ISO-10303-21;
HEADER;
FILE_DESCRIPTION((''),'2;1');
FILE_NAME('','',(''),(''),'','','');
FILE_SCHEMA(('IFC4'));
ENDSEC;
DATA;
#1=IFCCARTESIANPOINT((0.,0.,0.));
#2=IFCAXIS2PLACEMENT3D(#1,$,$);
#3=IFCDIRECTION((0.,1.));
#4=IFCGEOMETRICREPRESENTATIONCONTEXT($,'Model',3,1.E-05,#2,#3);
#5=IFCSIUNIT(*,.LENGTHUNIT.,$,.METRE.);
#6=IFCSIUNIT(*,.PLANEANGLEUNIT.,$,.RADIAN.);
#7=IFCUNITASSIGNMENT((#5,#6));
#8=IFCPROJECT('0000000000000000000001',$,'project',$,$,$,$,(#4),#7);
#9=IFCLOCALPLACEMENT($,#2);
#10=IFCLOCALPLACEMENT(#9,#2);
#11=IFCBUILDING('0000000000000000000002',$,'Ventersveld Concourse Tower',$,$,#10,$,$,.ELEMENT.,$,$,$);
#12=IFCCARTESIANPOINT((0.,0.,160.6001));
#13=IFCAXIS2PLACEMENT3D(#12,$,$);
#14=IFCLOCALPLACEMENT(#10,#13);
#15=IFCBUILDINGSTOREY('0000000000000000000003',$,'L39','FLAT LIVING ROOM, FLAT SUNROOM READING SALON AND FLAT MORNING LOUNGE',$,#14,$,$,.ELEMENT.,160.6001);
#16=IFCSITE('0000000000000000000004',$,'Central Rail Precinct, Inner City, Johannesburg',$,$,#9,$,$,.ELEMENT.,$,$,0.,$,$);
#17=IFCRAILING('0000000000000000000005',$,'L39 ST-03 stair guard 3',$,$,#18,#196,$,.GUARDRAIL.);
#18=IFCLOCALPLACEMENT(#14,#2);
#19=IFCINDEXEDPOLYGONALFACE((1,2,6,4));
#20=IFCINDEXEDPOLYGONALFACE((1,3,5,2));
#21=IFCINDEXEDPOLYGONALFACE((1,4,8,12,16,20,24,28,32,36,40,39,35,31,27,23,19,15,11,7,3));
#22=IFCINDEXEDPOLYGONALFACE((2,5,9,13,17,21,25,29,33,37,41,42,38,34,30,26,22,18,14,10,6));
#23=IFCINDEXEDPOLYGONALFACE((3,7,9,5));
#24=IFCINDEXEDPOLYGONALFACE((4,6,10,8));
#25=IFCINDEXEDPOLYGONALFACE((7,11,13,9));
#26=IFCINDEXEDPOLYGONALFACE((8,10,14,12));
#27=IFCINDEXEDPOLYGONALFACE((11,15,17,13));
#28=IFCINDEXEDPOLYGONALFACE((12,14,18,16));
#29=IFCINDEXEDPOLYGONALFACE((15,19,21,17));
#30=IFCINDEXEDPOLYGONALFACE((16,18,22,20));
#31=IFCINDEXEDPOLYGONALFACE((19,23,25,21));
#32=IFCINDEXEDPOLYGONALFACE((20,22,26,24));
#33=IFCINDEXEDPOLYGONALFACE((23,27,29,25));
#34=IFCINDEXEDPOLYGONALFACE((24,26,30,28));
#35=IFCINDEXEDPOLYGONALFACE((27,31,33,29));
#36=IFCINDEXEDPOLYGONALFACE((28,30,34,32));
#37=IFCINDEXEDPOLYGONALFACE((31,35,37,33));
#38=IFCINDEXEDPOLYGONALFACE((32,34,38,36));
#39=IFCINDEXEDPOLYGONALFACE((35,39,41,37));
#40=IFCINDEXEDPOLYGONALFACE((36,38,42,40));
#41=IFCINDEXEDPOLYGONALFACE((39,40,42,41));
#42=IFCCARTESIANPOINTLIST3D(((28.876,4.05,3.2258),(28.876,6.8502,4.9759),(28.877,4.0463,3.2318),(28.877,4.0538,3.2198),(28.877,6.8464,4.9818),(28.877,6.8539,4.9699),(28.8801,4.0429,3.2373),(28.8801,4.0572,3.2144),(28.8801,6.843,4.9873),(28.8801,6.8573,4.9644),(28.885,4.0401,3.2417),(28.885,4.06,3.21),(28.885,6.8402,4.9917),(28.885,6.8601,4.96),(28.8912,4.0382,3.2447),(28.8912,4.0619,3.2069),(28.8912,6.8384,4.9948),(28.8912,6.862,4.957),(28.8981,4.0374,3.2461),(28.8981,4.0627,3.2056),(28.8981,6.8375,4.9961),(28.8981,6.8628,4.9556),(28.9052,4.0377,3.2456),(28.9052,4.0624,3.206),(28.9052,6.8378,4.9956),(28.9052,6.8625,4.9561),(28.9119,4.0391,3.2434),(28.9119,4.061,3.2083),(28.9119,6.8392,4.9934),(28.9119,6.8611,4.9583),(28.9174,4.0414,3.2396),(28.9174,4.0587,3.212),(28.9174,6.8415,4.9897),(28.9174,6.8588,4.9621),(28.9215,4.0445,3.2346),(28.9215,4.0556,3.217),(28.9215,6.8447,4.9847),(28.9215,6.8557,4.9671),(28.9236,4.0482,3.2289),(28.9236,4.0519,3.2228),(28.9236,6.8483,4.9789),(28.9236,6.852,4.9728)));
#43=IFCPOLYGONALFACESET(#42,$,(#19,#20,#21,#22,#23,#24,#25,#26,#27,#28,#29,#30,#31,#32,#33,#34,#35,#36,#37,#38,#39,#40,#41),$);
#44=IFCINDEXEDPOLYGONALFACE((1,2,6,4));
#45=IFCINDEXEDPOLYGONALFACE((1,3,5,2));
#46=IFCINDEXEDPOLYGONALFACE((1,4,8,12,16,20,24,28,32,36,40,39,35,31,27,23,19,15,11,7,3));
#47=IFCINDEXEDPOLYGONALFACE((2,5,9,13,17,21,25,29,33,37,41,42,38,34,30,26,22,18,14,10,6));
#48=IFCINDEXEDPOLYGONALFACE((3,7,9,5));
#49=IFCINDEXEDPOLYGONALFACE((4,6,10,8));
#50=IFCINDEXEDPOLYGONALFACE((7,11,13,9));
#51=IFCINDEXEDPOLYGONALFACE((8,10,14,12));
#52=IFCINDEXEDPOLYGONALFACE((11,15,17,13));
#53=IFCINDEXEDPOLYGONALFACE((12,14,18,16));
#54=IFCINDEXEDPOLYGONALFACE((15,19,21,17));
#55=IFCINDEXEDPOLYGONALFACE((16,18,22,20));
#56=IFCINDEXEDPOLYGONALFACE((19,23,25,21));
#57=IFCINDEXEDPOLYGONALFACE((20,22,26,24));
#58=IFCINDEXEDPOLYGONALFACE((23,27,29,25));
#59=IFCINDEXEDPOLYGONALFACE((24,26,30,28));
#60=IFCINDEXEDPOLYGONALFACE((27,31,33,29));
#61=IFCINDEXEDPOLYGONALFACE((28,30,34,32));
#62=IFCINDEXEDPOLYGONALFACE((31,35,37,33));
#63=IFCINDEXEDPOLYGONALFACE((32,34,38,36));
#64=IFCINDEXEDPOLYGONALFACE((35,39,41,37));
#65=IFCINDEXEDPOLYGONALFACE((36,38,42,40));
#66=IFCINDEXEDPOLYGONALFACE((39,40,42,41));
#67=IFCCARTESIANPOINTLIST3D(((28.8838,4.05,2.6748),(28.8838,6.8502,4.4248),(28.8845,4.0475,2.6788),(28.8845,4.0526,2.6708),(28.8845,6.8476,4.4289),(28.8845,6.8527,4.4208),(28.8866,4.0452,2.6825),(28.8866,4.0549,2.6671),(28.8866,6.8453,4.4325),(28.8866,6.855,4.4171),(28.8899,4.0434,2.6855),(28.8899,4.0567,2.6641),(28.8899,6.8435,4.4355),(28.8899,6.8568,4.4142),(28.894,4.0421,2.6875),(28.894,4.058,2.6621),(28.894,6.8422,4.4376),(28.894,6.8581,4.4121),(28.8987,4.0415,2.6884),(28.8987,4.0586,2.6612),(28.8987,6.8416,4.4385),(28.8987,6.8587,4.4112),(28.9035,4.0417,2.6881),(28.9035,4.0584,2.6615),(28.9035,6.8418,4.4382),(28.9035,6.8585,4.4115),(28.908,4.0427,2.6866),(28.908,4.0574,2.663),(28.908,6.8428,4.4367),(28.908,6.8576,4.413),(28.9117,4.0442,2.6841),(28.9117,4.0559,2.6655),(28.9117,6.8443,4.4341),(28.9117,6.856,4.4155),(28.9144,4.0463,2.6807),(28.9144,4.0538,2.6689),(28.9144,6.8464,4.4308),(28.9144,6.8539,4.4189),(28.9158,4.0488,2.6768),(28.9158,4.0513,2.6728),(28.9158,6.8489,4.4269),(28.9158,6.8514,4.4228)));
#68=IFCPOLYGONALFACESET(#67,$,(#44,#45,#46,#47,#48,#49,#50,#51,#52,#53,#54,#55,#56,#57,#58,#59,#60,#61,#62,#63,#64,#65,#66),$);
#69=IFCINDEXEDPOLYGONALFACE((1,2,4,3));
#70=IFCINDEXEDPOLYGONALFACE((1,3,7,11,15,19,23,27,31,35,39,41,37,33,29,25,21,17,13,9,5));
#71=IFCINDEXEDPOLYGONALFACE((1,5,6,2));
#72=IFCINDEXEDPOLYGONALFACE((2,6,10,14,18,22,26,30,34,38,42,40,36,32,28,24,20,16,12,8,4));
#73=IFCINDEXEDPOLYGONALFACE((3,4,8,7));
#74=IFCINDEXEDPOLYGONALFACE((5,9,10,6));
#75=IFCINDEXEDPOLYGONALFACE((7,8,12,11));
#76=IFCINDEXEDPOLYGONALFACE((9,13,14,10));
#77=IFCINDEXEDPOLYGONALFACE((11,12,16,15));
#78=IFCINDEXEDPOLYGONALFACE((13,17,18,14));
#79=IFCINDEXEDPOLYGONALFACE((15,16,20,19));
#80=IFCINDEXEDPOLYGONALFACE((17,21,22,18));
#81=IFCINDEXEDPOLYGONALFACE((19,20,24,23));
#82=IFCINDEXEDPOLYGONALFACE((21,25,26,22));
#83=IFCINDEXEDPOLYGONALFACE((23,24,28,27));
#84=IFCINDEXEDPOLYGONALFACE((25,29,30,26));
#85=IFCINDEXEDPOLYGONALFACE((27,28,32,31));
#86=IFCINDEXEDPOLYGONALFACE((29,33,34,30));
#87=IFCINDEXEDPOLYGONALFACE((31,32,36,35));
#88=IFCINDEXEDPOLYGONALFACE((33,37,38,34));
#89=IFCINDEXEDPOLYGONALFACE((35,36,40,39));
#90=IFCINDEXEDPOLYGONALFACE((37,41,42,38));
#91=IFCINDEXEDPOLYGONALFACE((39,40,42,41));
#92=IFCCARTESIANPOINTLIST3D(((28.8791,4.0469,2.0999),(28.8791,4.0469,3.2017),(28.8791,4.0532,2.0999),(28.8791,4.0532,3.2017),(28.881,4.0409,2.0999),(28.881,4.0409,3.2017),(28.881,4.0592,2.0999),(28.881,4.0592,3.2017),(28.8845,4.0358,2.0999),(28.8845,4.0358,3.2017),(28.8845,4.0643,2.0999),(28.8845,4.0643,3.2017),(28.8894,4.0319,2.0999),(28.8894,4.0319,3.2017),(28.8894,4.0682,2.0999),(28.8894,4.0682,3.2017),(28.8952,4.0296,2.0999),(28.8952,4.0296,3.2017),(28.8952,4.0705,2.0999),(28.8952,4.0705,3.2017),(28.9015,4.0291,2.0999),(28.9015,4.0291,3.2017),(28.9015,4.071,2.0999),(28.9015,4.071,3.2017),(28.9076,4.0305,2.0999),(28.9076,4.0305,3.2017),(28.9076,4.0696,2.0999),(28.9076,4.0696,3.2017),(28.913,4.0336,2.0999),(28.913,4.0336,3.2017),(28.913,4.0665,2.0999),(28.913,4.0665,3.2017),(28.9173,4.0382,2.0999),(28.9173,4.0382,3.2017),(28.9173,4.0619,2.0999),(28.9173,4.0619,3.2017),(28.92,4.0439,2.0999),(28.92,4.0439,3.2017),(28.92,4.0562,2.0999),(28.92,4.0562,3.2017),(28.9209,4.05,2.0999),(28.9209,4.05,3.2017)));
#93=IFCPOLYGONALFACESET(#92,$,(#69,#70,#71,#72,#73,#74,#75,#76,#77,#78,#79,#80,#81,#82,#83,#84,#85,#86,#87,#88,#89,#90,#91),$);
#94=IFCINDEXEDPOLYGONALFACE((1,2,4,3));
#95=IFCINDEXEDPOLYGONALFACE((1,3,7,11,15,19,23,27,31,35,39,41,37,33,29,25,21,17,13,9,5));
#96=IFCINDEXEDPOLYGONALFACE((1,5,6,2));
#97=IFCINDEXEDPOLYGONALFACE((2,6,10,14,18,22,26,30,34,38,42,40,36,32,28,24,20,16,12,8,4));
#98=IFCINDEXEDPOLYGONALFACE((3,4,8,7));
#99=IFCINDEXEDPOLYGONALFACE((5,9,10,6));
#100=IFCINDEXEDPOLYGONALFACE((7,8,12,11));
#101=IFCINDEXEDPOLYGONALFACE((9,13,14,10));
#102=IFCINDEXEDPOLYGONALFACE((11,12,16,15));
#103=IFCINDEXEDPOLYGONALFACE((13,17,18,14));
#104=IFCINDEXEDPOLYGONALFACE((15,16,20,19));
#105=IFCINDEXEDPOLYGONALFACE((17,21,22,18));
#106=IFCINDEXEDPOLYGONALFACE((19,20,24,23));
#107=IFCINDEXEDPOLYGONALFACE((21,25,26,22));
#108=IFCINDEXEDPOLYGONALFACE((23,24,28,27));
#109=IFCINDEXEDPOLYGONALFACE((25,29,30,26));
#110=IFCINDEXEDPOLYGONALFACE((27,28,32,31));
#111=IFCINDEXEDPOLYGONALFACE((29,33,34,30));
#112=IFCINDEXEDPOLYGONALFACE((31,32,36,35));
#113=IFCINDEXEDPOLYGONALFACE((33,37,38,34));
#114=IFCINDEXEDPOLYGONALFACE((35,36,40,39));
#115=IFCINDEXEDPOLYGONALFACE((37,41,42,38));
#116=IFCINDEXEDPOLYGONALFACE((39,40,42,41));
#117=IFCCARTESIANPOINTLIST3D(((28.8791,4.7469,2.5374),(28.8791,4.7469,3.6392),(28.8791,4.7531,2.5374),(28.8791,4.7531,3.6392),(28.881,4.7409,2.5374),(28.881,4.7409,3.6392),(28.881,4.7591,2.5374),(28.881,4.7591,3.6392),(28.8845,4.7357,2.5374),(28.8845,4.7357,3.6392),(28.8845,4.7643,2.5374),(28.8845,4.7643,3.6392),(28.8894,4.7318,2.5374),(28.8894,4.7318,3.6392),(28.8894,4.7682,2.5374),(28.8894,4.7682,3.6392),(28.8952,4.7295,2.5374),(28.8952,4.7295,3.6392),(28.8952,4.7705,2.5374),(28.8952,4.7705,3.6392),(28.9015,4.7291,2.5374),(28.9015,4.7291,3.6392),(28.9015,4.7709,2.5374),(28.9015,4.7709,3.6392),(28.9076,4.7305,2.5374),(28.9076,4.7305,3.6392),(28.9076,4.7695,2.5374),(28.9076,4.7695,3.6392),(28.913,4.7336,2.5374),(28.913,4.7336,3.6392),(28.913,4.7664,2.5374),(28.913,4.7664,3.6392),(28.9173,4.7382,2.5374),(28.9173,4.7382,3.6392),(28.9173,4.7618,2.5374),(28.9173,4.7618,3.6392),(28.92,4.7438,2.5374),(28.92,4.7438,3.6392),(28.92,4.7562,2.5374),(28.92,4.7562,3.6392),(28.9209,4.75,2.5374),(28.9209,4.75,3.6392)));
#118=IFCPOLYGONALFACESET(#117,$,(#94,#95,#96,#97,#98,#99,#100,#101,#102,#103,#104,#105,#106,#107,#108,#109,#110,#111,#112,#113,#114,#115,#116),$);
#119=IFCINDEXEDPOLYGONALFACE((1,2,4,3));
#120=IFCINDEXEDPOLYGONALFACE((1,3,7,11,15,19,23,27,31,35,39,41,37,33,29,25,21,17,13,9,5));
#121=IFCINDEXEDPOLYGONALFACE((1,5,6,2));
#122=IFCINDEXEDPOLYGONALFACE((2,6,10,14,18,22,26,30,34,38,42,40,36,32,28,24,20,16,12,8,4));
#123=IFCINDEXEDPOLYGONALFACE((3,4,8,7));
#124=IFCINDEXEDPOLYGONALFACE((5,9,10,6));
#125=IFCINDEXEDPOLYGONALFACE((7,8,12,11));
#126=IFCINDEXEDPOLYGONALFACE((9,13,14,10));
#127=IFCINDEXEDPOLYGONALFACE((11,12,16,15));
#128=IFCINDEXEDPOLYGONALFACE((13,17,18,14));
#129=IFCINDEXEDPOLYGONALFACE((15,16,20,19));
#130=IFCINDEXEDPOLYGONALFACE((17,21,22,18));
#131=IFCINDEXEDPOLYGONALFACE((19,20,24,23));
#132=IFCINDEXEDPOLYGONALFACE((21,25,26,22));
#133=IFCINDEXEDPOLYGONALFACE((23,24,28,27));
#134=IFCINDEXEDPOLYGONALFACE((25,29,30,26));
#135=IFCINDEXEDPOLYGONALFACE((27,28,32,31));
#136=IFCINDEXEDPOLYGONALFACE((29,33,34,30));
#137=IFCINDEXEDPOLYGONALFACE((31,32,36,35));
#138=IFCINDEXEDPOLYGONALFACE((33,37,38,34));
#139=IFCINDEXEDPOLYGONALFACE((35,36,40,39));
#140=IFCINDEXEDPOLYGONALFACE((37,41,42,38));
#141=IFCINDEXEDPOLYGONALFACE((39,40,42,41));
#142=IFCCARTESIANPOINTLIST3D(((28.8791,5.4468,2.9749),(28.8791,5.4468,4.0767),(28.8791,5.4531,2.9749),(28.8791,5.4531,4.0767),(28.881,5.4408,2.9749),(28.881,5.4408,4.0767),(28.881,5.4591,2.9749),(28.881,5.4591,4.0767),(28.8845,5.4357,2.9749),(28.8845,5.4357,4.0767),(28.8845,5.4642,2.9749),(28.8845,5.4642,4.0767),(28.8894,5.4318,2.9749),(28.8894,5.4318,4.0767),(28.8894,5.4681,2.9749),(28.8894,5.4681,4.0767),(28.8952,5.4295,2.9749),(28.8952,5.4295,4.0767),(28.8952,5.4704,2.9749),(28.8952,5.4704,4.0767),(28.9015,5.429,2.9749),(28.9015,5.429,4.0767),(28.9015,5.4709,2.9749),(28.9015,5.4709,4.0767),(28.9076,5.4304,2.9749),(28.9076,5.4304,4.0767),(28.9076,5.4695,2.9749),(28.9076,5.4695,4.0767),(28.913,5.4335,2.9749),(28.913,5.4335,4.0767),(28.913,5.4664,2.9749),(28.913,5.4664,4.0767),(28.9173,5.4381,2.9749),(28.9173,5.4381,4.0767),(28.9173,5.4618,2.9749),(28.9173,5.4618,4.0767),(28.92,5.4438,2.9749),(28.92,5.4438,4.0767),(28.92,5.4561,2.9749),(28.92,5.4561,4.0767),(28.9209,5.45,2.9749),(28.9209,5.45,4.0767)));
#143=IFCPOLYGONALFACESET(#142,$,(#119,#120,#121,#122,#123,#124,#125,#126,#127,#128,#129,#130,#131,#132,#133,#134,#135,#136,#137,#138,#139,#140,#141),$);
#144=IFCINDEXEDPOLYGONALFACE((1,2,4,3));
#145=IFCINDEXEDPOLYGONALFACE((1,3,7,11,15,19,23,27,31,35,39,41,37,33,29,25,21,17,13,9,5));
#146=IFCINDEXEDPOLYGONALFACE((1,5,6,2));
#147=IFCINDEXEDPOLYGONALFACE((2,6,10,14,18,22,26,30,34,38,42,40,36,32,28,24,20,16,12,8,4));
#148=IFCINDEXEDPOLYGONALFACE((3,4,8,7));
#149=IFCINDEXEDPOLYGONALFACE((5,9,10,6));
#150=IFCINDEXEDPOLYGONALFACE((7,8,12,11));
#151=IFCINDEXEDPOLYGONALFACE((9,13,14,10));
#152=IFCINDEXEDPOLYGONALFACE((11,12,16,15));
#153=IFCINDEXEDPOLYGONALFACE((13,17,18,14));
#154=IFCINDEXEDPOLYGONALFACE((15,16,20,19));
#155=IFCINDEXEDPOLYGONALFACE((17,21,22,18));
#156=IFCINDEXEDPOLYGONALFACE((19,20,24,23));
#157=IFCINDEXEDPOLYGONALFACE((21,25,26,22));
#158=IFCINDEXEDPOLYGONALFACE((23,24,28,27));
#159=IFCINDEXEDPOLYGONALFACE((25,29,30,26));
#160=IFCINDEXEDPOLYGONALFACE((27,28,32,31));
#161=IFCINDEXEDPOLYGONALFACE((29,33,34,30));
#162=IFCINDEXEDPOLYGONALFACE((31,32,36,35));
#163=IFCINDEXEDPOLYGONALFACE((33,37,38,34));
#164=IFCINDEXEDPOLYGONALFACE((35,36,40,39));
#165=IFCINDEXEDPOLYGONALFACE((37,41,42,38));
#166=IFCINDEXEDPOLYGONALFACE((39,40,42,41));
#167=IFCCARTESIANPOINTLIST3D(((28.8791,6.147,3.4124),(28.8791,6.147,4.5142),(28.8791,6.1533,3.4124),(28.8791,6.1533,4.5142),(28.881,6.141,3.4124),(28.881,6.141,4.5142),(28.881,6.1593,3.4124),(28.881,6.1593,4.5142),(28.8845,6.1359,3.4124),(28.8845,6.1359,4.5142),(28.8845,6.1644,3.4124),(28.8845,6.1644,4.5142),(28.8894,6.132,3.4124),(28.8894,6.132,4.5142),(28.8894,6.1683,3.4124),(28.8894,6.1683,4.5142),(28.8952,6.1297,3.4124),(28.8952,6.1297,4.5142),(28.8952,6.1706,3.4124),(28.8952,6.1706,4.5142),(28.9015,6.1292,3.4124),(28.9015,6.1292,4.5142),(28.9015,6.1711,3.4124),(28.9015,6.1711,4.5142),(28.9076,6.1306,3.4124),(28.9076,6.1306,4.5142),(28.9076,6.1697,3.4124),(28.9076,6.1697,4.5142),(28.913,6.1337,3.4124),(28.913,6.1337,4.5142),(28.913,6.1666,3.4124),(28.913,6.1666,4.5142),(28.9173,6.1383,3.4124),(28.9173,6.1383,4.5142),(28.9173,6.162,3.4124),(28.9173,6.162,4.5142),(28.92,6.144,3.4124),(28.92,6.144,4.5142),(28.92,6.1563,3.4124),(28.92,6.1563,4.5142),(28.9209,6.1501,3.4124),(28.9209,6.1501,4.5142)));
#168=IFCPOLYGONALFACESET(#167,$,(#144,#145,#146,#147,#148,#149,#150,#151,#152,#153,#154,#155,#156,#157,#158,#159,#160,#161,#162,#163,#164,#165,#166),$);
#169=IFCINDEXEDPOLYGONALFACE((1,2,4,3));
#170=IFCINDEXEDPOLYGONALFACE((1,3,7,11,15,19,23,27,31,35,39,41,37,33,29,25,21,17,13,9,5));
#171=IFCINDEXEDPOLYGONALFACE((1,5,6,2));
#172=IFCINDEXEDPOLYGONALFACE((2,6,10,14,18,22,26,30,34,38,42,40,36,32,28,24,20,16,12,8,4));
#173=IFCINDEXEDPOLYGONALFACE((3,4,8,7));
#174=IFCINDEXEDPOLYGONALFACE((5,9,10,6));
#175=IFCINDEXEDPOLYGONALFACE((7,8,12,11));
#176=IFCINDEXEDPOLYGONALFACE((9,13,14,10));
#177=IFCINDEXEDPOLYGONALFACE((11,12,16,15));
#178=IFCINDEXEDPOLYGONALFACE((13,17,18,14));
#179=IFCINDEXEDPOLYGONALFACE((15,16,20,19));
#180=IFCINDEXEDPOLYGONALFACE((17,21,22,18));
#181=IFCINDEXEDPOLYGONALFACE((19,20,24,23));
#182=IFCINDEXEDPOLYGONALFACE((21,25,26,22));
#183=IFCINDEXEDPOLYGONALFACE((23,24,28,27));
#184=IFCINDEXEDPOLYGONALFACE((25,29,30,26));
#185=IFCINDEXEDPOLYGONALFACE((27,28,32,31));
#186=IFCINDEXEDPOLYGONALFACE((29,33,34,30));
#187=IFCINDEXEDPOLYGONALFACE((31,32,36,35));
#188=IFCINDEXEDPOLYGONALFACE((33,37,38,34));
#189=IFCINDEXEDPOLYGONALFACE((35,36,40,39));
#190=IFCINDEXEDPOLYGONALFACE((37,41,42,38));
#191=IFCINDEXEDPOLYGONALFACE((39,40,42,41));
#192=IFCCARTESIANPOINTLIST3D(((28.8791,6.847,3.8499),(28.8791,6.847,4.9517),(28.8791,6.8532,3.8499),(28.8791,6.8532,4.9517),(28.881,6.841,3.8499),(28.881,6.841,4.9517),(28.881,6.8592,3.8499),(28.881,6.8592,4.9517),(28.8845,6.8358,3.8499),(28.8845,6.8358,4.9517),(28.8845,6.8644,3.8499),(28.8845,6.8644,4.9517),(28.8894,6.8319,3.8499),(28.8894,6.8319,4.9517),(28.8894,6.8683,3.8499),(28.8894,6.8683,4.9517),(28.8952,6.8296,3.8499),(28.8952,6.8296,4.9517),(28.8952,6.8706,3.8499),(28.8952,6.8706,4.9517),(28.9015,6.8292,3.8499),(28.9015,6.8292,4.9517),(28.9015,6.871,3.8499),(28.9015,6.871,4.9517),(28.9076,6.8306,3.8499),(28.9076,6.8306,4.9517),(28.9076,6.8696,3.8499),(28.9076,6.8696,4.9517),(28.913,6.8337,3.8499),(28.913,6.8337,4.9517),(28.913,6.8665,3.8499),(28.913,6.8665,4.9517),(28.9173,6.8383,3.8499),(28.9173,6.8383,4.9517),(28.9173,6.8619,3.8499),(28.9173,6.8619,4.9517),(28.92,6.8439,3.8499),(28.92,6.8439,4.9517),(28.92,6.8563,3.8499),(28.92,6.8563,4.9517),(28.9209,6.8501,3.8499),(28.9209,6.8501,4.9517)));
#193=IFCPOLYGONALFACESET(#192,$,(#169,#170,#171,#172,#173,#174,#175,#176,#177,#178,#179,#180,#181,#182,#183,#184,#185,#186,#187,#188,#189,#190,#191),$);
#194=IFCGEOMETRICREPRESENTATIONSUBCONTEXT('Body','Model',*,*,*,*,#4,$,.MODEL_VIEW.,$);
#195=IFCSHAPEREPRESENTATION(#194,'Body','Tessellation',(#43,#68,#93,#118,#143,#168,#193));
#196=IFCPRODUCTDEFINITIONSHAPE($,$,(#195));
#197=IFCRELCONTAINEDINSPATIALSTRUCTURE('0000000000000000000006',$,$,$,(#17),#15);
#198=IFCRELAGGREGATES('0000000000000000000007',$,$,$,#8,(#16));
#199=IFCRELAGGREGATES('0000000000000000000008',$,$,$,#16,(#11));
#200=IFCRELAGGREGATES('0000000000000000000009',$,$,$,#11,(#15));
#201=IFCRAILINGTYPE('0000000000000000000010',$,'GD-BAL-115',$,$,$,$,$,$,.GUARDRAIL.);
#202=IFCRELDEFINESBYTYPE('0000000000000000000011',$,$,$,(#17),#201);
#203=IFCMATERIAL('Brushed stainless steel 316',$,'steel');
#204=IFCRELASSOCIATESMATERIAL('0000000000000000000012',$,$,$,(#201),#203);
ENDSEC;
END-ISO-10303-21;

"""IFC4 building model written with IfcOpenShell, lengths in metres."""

from ifc_helpers import new_model, si_unit, direction, frame, origin, origin_2d, place, context, subcontext, project, spatial, circle, extrude, material, type_object, element, save


model = new_model("IFC4")

# Units and contexts
model_context = context("Model", 3, precision=1e-05, world=origin(), true_north=direction((0.0, 1.0)))
body_context = subcontext(model_context, "Body", "Model", "MODEL_VIEW")
ifc_project = project(units=[si_unit("LENGTHUNIT", "METRE"), si_unit("PLANEANGLEUNIT", "RADIAN")], contexts=[model_context])

# Site, building, storey
site_placement = place(None, origin())
site = spatial("IfcSite", under=ifc_project, at=site_placement, Name="Central Rail Precinct, Inner City, Johannesburg", CompositionType="ELEMENT", RefElevation=0.0)
building_placement = place(site_placement, origin())
building = spatial("IfcBuilding", under=site, at=building_placement, Name="Ventersveld Concourse Tower", CompositionType="ELEMENT")
storey_placement = place(building_placement, frame((0.0, 0.0, 160.6001)))
storey = spatial("IfcBuildingStorey", under=building, at=storey_placement, Name="L39", Description="FLAT LIVING ROOM, FLAT SUNROOM READING SALON AND FLAT MORNING LOUNGE", CompositionType="ELEMENT", Elevation=160.6001)

# Shared definitions
ifc_material_1 = material(Name="Brushed stainless steel 316", Category="steel")

# Railing
railing_type_1 = type_object("IfcRailingType", Name="GD-BAL-115", PredefinedType="GUARDRAIL", material=ifc_material_1)
railing_1_placement = place(storey_placement, frame((28.8999, 4.05, 2.0999)))
element("IfcRailing", 1, at=railing_1_placement, inside=storey, type_object=railing_type_1, Name="L39 ST-03 stair guard 3", PredefinedType="GUARDRAIL", context=body_context, shape_type="SweptSolid", body=[
    extrude(circle(Radius=0.0239, at=origin_2d()), frame((0.0, 0.0, 1.126), z_axis=(0.0, 0.848002, 0.529992), x_axis=(-1.0, 0.0, 0.0)), (0.0, 0.0, 1.0), 3.302),
    extrude(circle(Radius=0.0161, at=origin_2d()), frame((0.0, 0.0, 0.575), z_axis=(0.0, 0.848002, 0.529992), x_axis=(-1.0, 0.0, 0.0)), (0.0, 0.0, 1.0), 3.302),
    extrude(circle(Radius=0.021, at=origin_2d()), origin(), (0.0, 0.0, 1.0), 1.1018),
    extrude(circle(Radius=0.021, at=origin_2d()), frame((0.0, 0.7, 0.4375)), (0.0, 0.0, 1.0), 1.1018),
    extrude(circle(Radius=0.021, at=origin_2d()), frame((0.0, 1.3999, 0.875)), (0.0, 0.0, 1.0), 1.1018),
    extrude(circle(Radius=0.021, at=origin_2d()), frame((0.0, 2.1001, 1.3125)), (0.0, 0.0, 1.0), 1.1018),
    extrude(circle(Radius=0.021, at=origin_2d()), frame((0.0, 2.8, 1.75)), (0.0, 0.0, 1.0), 1.1018),
])

save(model, "model.ifc")
